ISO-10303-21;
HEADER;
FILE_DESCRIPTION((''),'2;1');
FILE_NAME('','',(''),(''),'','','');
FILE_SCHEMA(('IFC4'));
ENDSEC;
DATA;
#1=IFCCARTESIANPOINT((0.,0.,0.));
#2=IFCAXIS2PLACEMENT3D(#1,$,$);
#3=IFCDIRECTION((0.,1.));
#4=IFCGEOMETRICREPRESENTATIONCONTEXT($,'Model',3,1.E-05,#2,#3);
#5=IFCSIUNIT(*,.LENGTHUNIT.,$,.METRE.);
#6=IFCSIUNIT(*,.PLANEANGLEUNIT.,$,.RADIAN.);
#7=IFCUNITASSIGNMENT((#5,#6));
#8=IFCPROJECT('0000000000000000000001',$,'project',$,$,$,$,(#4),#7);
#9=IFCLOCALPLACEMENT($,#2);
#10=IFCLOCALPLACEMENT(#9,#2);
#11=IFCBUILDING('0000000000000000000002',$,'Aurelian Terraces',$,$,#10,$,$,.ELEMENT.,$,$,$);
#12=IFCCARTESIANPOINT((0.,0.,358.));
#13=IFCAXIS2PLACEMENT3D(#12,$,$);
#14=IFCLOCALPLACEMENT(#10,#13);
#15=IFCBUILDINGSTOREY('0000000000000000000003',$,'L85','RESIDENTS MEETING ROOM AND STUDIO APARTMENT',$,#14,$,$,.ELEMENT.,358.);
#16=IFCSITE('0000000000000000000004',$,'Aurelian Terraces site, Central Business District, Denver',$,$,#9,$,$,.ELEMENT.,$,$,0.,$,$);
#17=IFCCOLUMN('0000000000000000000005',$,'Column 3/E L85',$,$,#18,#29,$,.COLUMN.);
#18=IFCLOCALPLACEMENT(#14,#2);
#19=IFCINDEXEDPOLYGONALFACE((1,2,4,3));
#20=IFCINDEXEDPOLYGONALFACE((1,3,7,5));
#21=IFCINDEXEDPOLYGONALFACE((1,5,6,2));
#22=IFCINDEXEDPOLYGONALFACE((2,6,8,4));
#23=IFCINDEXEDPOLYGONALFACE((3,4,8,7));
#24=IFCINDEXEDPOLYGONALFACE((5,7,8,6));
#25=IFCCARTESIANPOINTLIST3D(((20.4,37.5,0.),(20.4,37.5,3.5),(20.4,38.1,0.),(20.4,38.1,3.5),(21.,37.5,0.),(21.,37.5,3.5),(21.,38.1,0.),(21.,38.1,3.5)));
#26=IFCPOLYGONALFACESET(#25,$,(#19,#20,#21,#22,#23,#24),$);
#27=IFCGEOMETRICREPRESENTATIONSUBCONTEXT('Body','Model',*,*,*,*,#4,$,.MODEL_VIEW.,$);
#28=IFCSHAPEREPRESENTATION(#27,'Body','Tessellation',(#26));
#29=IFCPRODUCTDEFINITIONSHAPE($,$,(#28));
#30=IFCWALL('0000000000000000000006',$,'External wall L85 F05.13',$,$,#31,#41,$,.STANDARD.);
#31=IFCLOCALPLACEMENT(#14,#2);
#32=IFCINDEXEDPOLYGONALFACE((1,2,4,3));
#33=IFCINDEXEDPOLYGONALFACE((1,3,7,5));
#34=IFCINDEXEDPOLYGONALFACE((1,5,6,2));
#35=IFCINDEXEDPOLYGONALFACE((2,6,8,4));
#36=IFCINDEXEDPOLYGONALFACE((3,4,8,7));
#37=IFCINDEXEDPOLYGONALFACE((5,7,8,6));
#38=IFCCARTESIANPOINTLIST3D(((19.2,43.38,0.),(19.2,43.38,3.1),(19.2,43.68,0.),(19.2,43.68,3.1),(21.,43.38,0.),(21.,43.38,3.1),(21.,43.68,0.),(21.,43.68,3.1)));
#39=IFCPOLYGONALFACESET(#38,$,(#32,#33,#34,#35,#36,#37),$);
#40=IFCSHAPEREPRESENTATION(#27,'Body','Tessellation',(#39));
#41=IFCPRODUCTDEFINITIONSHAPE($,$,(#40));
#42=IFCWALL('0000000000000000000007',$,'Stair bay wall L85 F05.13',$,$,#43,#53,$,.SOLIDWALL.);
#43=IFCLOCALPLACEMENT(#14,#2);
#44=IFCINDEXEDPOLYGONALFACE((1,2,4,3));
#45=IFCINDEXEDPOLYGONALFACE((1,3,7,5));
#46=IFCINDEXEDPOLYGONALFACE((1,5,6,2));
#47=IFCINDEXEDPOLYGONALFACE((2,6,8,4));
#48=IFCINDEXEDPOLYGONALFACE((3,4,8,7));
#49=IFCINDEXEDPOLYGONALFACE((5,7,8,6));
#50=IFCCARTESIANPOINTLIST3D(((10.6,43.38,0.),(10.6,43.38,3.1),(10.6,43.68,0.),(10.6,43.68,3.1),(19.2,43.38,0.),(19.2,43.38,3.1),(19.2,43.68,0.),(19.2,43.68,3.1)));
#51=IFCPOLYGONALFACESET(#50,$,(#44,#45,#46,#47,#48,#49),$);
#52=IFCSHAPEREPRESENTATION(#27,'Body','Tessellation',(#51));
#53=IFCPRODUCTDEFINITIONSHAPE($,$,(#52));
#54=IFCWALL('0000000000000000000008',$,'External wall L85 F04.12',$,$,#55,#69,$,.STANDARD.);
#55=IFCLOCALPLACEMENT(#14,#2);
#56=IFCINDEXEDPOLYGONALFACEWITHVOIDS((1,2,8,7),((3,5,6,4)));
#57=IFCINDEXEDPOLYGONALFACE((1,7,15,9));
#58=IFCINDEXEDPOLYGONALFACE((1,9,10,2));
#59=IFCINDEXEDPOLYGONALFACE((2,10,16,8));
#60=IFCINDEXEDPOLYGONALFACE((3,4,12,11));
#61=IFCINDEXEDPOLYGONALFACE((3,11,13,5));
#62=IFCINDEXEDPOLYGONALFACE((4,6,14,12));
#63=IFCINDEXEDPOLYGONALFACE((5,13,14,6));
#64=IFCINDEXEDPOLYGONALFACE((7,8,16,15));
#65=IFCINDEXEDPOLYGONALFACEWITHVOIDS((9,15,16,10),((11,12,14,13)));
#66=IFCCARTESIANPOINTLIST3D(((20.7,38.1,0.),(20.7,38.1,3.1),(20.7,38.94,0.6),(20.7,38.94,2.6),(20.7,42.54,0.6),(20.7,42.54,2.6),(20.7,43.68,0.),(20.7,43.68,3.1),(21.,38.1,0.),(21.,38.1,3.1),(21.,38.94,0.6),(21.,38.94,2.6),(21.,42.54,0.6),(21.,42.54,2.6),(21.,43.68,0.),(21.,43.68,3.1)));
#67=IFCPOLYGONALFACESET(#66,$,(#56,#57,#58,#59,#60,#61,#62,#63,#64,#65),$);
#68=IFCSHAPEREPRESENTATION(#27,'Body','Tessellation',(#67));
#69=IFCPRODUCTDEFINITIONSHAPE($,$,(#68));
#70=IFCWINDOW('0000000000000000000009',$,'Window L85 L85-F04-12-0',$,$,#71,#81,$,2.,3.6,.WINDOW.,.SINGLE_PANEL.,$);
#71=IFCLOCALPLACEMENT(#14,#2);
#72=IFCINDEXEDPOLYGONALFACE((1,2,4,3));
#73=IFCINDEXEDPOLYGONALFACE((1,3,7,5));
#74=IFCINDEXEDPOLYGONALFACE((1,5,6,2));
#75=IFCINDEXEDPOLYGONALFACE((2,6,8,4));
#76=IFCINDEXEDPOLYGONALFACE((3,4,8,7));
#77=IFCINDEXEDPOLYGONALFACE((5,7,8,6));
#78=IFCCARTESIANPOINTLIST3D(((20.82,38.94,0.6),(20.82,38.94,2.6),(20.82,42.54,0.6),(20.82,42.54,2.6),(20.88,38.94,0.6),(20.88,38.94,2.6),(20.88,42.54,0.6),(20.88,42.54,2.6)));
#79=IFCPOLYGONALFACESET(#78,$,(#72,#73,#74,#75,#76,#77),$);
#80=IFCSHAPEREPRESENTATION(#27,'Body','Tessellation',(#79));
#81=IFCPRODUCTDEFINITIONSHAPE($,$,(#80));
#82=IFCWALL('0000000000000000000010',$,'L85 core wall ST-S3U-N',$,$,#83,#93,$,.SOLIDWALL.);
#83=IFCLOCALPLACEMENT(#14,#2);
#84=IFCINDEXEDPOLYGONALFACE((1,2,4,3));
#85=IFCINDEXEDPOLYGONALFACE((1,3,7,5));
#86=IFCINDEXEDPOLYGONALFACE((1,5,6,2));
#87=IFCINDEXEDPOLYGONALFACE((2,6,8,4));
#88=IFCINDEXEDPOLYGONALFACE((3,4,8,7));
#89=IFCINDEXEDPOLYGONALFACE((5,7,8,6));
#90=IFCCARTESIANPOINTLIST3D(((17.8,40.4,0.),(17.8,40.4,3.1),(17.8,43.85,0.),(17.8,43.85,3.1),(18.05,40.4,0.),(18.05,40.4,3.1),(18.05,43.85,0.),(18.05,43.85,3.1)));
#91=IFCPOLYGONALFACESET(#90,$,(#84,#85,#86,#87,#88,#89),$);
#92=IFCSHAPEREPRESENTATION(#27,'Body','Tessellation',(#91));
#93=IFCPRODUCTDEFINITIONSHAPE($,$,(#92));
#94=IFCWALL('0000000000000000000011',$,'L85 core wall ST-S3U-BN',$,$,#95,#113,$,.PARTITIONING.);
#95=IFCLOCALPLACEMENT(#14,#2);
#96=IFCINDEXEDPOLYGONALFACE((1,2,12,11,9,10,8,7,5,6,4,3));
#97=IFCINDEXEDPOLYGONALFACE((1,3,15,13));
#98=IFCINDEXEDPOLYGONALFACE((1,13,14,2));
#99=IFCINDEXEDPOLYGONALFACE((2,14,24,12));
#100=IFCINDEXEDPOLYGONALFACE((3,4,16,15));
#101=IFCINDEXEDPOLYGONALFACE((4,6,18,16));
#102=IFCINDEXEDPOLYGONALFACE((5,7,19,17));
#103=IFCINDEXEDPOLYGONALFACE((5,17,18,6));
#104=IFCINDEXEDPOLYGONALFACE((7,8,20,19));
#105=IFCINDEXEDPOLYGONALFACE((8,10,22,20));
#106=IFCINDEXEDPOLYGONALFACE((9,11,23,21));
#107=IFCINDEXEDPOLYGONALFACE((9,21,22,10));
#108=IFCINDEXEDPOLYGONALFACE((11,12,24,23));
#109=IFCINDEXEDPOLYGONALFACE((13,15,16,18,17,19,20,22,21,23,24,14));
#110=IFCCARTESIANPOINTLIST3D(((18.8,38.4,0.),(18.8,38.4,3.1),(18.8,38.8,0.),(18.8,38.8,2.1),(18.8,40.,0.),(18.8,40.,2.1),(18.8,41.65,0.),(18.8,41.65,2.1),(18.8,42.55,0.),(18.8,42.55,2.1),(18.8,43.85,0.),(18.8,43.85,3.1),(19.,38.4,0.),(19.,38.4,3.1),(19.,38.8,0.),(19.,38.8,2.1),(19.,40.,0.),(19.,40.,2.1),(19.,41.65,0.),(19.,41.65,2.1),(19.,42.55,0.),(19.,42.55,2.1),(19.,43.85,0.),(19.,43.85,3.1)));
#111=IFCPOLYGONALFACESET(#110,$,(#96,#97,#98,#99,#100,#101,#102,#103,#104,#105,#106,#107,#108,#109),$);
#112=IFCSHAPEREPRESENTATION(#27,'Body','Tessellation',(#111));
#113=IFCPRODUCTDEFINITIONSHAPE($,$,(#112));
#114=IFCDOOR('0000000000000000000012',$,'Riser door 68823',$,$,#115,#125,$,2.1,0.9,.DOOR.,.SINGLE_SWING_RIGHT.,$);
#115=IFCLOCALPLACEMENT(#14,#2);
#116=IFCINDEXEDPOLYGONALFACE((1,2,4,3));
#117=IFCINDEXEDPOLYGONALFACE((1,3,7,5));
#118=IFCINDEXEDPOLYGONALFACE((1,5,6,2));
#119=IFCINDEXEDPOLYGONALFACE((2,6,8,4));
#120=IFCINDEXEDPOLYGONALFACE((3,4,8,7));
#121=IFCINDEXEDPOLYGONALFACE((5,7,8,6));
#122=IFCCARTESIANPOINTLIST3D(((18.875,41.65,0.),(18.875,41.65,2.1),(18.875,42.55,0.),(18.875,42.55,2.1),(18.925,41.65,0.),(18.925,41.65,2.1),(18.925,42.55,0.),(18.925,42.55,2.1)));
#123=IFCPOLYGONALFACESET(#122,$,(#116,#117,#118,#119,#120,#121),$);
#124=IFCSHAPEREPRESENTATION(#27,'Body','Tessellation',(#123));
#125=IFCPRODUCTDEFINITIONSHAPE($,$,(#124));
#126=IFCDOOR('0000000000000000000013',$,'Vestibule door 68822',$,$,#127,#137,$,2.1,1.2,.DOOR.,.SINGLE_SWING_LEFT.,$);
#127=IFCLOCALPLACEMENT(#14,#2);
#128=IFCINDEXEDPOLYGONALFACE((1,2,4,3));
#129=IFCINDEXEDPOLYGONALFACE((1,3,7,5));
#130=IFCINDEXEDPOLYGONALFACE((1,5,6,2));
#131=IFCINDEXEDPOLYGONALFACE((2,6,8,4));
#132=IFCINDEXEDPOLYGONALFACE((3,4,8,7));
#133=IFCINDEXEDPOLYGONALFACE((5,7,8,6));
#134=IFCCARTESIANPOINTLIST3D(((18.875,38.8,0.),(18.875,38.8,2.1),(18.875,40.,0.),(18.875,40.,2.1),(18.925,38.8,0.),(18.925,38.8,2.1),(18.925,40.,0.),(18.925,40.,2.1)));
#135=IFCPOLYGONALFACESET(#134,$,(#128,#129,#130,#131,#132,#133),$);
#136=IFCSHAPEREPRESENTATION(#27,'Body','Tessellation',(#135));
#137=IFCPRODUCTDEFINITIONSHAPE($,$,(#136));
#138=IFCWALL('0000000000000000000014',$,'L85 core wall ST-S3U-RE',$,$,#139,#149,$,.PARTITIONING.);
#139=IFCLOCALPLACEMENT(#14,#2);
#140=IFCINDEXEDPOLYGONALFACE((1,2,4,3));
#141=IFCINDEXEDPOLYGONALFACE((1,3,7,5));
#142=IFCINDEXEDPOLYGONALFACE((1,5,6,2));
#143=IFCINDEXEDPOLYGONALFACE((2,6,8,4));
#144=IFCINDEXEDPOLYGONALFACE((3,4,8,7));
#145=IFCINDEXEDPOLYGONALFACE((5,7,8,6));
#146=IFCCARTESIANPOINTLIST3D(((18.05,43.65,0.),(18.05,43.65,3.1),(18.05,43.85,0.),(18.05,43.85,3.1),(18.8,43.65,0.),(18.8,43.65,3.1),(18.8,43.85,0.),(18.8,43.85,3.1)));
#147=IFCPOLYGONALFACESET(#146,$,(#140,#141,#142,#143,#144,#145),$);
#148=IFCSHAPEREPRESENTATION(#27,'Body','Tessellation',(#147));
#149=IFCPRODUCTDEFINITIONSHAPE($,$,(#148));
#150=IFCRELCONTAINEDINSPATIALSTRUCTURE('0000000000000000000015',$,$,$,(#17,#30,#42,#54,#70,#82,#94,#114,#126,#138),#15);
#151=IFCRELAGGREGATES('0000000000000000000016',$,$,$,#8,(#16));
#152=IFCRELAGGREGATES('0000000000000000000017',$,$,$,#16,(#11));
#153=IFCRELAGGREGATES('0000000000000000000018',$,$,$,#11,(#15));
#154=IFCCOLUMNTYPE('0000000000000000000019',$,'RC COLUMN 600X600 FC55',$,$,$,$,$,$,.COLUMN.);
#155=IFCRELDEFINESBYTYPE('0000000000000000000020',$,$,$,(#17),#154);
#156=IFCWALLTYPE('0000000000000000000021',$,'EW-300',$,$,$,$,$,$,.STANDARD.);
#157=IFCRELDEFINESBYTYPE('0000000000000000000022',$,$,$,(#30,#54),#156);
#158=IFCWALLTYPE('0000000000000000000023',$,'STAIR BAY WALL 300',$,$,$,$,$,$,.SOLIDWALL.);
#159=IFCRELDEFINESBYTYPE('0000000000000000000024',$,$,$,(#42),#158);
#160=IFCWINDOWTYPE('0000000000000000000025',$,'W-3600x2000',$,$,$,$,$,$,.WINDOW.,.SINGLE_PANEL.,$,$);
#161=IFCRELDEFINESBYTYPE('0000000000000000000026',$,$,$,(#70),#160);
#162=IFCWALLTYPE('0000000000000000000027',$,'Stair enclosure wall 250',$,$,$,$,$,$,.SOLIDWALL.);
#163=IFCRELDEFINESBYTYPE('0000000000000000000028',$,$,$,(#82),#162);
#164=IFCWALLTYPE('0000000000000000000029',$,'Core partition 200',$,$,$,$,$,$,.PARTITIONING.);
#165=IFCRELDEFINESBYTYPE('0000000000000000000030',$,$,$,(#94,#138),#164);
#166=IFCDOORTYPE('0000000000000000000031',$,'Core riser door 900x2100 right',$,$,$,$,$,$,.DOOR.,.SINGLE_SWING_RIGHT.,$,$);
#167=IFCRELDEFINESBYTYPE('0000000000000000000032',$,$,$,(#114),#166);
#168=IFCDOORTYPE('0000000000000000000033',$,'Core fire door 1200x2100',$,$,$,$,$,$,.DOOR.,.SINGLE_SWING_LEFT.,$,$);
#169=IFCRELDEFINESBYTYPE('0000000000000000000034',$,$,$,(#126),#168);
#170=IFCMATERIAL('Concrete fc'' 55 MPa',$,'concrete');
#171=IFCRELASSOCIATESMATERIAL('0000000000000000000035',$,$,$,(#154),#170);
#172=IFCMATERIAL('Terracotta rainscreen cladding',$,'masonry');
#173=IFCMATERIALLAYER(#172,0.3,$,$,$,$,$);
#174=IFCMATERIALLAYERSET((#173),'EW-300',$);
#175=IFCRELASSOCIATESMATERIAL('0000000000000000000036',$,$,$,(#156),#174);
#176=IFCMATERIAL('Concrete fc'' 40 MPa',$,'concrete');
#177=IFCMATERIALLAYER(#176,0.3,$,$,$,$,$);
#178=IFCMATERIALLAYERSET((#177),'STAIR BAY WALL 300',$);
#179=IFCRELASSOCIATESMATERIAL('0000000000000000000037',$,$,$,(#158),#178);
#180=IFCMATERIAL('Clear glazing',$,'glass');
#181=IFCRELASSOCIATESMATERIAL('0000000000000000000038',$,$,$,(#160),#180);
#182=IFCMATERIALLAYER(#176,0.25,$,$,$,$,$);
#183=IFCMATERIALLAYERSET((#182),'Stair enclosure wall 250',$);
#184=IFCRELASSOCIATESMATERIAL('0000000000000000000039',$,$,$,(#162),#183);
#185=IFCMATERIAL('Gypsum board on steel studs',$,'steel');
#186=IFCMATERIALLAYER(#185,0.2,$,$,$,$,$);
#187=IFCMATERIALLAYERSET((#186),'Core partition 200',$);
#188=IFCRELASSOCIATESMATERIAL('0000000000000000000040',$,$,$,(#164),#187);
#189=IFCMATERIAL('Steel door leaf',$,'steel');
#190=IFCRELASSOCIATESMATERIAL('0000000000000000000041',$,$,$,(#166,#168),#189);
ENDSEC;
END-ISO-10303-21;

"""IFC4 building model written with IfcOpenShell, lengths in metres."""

from ifc_helpers import new_model, si_unit, direction, frame, frame_2d, origin, origin_2d, place, context, subcontext, project, spatial, rectangle, extrude, source, transform, mapped, material, layer, layer_set, material_profile, profile_set, type_object, element, fill, save


model = new_model("IFC4")

# Units and contexts
model_context = context("Model", 3, precision=1e-05, world=origin(), true_north=direction((0.0, 1.0)))
body_context = subcontext(model_context, "Body", "Model", "MODEL_VIEW")
ifc_project = project(units=[si_unit("LENGTHUNIT", "METRE"), si_unit("PLANEANGLEUNIT", "RADIAN")], contexts=[model_context])

# Site, building, storey
site_placement = place(None, origin())
site = spatial("IfcSite", under=ifc_project, at=site_placement, Name="Aurelian Terraces site, Central Business District, Denver", CompositionType="ELEMENT", RefElevation=0.0)
building_placement = place(site_placement, origin())
building = spatial("IfcBuilding", under=site, at=building_placement, Name="Aurelian Terraces", CompositionType="ELEMENT")
storey_placement = place(building_placement, frame((0.0, 0.0, 358.0)))
storey = spatial("IfcBuildingStorey", under=building, at=storey_placement, Name="L85", Description="RESIDENTS MEETING ROOM AND STUDIO APARTMENT", CompositionType="ELEMENT", Elevation=358.0)

# Column
ifc_material_1 = material(Name="Concrete fc' 55 MPa", Category="concrete")
ifc_material_profile = material_profile(ifc_material_1, rectangle(XDim=0.6, YDim=0.6, at=origin_2d()))
ifc_profile_set = profile_set([ifc_material_profile], Name="Concrete fc' 55 MPa")
column_type = type_object("IfcColumnType", Name="RC COLUMN 600X600 FC55", PredefinedType="COLUMN", material=ifc_profile_set)
shared_shape_1 = source(origin(), body_context, "Body", "SweptSolid", [
    extrude(rectangle(XDim=0.6, YDim=0.6, at=origin_2d()), origin(), (0.0, 0.0, 1.0), 3.5),
])
column_placement = place(storey_placement, frame((20.7, 37.8, 0.0), z_axis=(0.0, 0.0, 1.0), x_axis=(1.0, 0.0, 0.0)))
element("IfcColumn", 1, at=column_placement, inside=storey, type_object=column_type, Name="Column 3/E L85", PredefinedType="COLUMN", context=body_context, shape_type="MappedRepresentation", body=[
    mapped(shared_shape_1, transform((0.0, 0.0, 0.0), scale=1.0)),
])

# Walls
ifc_material_2 = material(Name="Terracotta rainscreen cladding", Category="masonry")
ifc_layer_1 = layer(ifc_material_2, 0.3)
ifc_layer_set_1 = layer_set([ifc_layer_1], Name="EW-300")
wall_type_1 = type_object("IfcWallType", Name="EW-300", PredefinedType="STANDARD", material=ifc_layer_set_1)
shared_shape_2 = source(origin(), body_context, "Body", "SweptSolid", [
    extrude(rectangle(XDim=1.8, YDim=0.3, at=frame_2d((0.9, 0.0))), origin(), (0.0, 0.0, 1.0), 3.1),
])
wall_1_placement = place(storey_placement, frame((21.0, 43.53, 0.0), z_axis=(0.0, 0.0, 1.0), x_axis=(-1.0, 0.0, 0.0)))
element("IfcWall", 2, at=wall_1_placement, inside=storey, type_object=wall_type_1, Name="External wall L85 F05.13", PredefinedType="STANDARD", context=body_context, shape_type="MappedRepresentation", body=[
    mapped(shared_shape_2, transform((0.0, 0.0, 0.0), scale=1.0)),
])
ifc_material_3 = material(Name="Concrete fc' 40 MPa", Category="concrete")
ifc_layer_2 = layer(ifc_material_3, 0.3)
ifc_layer_set_2 = layer_set([ifc_layer_2], Name="STAIR BAY WALL 300")
wall_type_2 = type_object("IfcWallType", Name="STAIR BAY WALL 300", PredefinedType="SOLIDWALL", material=ifc_layer_set_2)
shared_shape_3 = source(origin(), body_context, "Body", "SweptSolid", [
    extrude(rectangle(XDim=8.6, YDim=0.3, at=frame_2d((4.3, 0.0))), origin(), (0.0, 0.0, 1.0), 3.1),
])
wall_2_placement = place(storey_placement, frame((19.2, 43.53, 0.0), z_axis=(0.0, 0.0, 1.0), x_axis=(-1.0, 0.0, 0.0)))
element("IfcWall", 3, at=wall_2_placement, inside=storey, type_object=wall_type_2, Name="Stair bay wall L85 F05.13", PredefinedType="SOLIDWALL", context=body_context, shape_type="MappedRepresentation", body=[
    mapped(shared_shape_3, transform((0.0, 0.0, 0.0), scale=1.0)),
])

# Wall, opening, window
shared_shape_4 = source(origin(), body_context, "Body", "SweptSolid", [
    extrude(rectangle(XDim=5.58, YDim=0.3, at=frame_2d((2.79, 0.0))), origin(), (0.0, 0.0, 1.0), 3.1),
])
wall_3_placement = place(storey_placement, frame((20.85, 38.1, 0.0), z_axis=(0.0, 0.0, 1.0), x_axis=(0.0, 1.0, 0.0)))
wall_3 = element("IfcWall", 4, at=wall_3_placement, inside=storey, type_object=wall_type_1, Name="External wall L85 F04.12", PredefinedType="STANDARD", context=body_context, shape_type="MappedRepresentation", body=[
    mapped(shared_shape_4, transform((0.0, 0.0, 0.0), scale=1.0)),
])
shared_shape_5 = source(origin(), body_context, "Body", "SweptSolid", [
    extrude(rectangle(XDim=3.6, YDim=2.0, at=frame_2d((1.8, 1.0))), frame((0.0, 0.16, 0.0), z_axis=(0.0, -1.0, 0.0), x_axis=(1.0, 0.0, 0.0)), (0.0, 0.0, 1.0), 0.32),
])
opening_1_placement = place(wall_3_placement, frame((0.84, 0.0, 0.6)))
opening_1 = element("IfcOpeningElement", 5, at=opening_1_placement, cuts=wall_3, PredefinedType="OPENING", context=body_context, shape_type="MappedRepresentation", body=[
    mapped(shared_shape_5, transform((0.0, 0.0, 0.0), scale=1.0)),
])
ifc_material_4 = material(Name="Clear glazing", Category="glass")
window_type = type_object("IfcWindowType", Name="W-3600x2000", PartitioningType="SINGLE_PANEL", PredefinedType="WINDOW", material=ifc_material_4)
shared_shape_6 = source(origin(), body_context, "Body", "SweptSolid", [
    extrude(rectangle(XDim=3.6, YDim=2.0, at=frame_2d((1.8, 1.0))), frame((0.0, 0.03, 0.0), z_axis=(0.0, -1.0, 0.0), x_axis=(1.0, 0.0, 0.0)), (0.0, 0.0, 1.0), 0.06),
])
window_placement = place(opening_1_placement, origin())
window = element("IfcWindow", 6, at=window_placement, inside=storey, type_object=window_type, Name="Window L85 L85-F04-12-0", OverallHeight=2.0, OverallWidth=3.6, PartitioningType="SINGLE_PANEL", PredefinedType="WINDOW", context=body_context, shape_type="MappedRepresentation", body=[
    mapped(shared_shape_6, transform((0.0, 0.0, 0.0), scale=1.0)),
])
fill(opening_1, window)

# Wall
ifc_layer_3 = layer(ifc_material_3, 0.25)
ifc_layer_set_3 = layer_set([ifc_layer_3], Name="Stair enclosure wall 250")
wall_type_3 = type_object("IfcWallType", Name="Stair enclosure wall 250", PredefinedType="SOLIDWALL", material=ifc_layer_set_3)
shared_shape_7 = source(origin(), body_context, "Body", "SweptSolid", [
    extrude(rectangle(XDim=3.45, YDim=0.25, at=frame_2d((1.725, 0.0))), origin(), (0.0, 0.0, 1.0), 3.1),
])
wall_4_placement = place(storey_placement, frame((17.925, 40.4, 0.0), z_axis=(0.0, 0.0, 1.0), x_axis=(0.0, 1.0, 0.0)))
element("IfcWall", 7, at=wall_4_placement, inside=storey, type_object=wall_type_3, Name="L85 core wall ST-S3U-N", PredefinedType="SOLIDWALL", context=body_context, shape_type="MappedRepresentation", body=[
    mapped(shared_shape_7, transform((0.0, 0.0, 0.0), scale=1.0)),
])

# Wall, openings, doors
ifc_material_5 = material(Name="Gypsum board on steel studs", Category="steel")
ifc_layer_4 = layer(ifc_material_5, 0.2)
ifc_layer_set_4 = layer_set([ifc_layer_4], Name="Core partition 200")
wall_type_4 = type_object("IfcWallType", Name="Core partition 200", PredefinedType="PARTITIONING", material=ifc_layer_set_4)
shared_shape_8 = source(origin(), body_context, "Body", "SweptSolid", [
    extrude(rectangle(XDim=5.45, YDim=0.2, at=frame_2d((2.725, 0.0))), origin(), (0.0, 0.0, 1.0), 3.1),
])
wall_5_placement = place(storey_placement, frame((18.9, 38.4, 0.0), z_axis=(0.0, 0.0, 1.0), x_axis=(0.0, 1.0, 0.0)))
wall_5 = element("IfcWall", 8, at=wall_5_placement, inside=storey, type_object=wall_type_4, Name="L85 core wall ST-S3U-BN", PredefinedType="PARTITIONING", context=body_context, shape_type="MappedRepresentation", body=[
    mapped(shared_shape_8, transform((0.0, 0.0, 0.0), scale=1.0)),
])
shared_shape_9 = source(origin(), body_context, "Body", "SweptSolid", [
    extrude(rectangle(XDim=1.2, YDim=2.1, at=frame_2d((0.6, 1.05))), frame((0.0, 0.11, 0.0), z_axis=(0.0, -1.0, 0.0), x_axis=(1.0, 0.0, 0.0)), (0.0, 0.0, 1.0), 0.22),
])
opening_2_placement = place(wall_5_placement, frame((0.4, 0.0, 0.0)))
opening_2 = element("IfcOpeningElement", 9, at=opening_2_placement, cuts=wall_5, PredefinedType="OPENING", context=body_context, shape_type="MappedRepresentation", body=[
    mapped(shared_shape_9, transform((0.0, 0.0, 0.0), scale=1.0)),
])
shared_shape_10 = source(origin(), body_context, "Body", "SweptSolid", [
    extrude(rectangle(XDim=0.9, YDim=2.1, at=frame_2d((0.45, 1.05))), frame((0.0, 0.11, 0.0), z_axis=(0.0, -1.0, 0.0), x_axis=(1.0, 0.0, 0.0)), (0.0, 0.0, 1.0), 0.22),
])
opening_3_placement = place(wall_5_placement, frame((3.25, 0.0, 0.0)))
opening_3 = element("IfcOpeningElement", 10, at=opening_3_placement, cuts=wall_5, PredefinedType="OPENING", context=body_context, shape_type="MappedRepresentation", body=[
    mapped(shared_shape_10, transform((0.0, 0.0, 0.0), scale=1.0)),
])
ifc_material_6 = material(Name="Steel door leaf", Category="steel")
door_type_1 = type_object("IfcDoorType", Name="Core riser door 900x2100 right", OperationType="SINGLE_SWING_RIGHT", PredefinedType="DOOR", material=ifc_material_6)
shared_shape_11 = source(origin(), body_context, "Body", "SweptSolid", [
    extrude(rectangle(XDim=0.9, YDim=2.1, at=frame_2d((0.45, 1.05))), frame((0.0, 0.025, 0.0), z_axis=(0.0, -1.0, 0.0), x_axis=(1.0, 0.0, 0.0)), (0.0, 0.0, 1.0), 0.05),
])
door_1_placement = place(opening_3_placement, origin())
door_1 = element("IfcDoor", 11, at=door_1_placement, inside=storey, type_object=door_type_1, Name="Riser door 68823", OperationType="SINGLE_SWING_RIGHT", OverallHeight=2.1, OverallWidth=0.9, PredefinedType="DOOR", context=body_context, shape_type="MappedRepresentation", body=[
    mapped(shared_shape_11, transform((0.0, 0.0, 0.0), scale=1.0)),
])
fill(opening_3, door_1)
door_type_2 = type_object("IfcDoorType", Name="Core fire door 1200x2100", OperationType="SINGLE_SWING_LEFT", PredefinedType="DOOR", material=ifc_material_6)
shared_shape_12 = source(origin(), body_context, "Body", "SweptSolid", [
    extrude(rectangle(XDim=1.2, YDim=2.1, at=frame_2d((0.6, 1.05))), frame((0.0, 0.025, 0.0), z_axis=(0.0, -1.0, 0.0), x_axis=(1.0, 0.0, 0.0)), (0.0, 0.0, 1.0), 0.05),
])
door_2_placement = place(opening_2_placement, origin())
door_2 = element("IfcDoor", 12, at=door_2_placement, inside=storey, type_object=door_type_2, Name="Vestibule door 68822", OperationType="SINGLE_SWING_LEFT", OverallHeight=2.1, OverallWidth=1.2, PredefinedType="DOOR", context=body_context, shape_type="MappedRepresentation", body=[
    mapped(shared_shape_12, transform((0.0, 0.0, 0.0), scale=1.0)),
])
fill(opening_2, door_2)

# Wall
shared_shape_13 = source(origin(), body_context, "Body", "SweptSolid", [
    extrude(rectangle(XDim=0.75, YDim=0.2, at=frame_2d((0.375, 0.0))), origin(), (0.0, 0.0, 1.0), 3.1),
])
wall_6_placement = place(storey_placement, frame((18.05, 43.75, 0.0), z_axis=(0.0, 0.0, 1.0), x_axis=(1.0, 0.0, 0.0)))
element("IfcWall", 13, at=wall_6_placement, inside=storey, type_object=wall_type_4, Name="L85 core wall ST-S3U-RE", PredefinedType="PARTITIONING", context=body_context, shape_type="MappedRepresentation", body=[
    mapped(shared_shape_13, transform((0.0, 0.0, 0.0), scale=1.0)),
])

save(model, "model.ifc")
